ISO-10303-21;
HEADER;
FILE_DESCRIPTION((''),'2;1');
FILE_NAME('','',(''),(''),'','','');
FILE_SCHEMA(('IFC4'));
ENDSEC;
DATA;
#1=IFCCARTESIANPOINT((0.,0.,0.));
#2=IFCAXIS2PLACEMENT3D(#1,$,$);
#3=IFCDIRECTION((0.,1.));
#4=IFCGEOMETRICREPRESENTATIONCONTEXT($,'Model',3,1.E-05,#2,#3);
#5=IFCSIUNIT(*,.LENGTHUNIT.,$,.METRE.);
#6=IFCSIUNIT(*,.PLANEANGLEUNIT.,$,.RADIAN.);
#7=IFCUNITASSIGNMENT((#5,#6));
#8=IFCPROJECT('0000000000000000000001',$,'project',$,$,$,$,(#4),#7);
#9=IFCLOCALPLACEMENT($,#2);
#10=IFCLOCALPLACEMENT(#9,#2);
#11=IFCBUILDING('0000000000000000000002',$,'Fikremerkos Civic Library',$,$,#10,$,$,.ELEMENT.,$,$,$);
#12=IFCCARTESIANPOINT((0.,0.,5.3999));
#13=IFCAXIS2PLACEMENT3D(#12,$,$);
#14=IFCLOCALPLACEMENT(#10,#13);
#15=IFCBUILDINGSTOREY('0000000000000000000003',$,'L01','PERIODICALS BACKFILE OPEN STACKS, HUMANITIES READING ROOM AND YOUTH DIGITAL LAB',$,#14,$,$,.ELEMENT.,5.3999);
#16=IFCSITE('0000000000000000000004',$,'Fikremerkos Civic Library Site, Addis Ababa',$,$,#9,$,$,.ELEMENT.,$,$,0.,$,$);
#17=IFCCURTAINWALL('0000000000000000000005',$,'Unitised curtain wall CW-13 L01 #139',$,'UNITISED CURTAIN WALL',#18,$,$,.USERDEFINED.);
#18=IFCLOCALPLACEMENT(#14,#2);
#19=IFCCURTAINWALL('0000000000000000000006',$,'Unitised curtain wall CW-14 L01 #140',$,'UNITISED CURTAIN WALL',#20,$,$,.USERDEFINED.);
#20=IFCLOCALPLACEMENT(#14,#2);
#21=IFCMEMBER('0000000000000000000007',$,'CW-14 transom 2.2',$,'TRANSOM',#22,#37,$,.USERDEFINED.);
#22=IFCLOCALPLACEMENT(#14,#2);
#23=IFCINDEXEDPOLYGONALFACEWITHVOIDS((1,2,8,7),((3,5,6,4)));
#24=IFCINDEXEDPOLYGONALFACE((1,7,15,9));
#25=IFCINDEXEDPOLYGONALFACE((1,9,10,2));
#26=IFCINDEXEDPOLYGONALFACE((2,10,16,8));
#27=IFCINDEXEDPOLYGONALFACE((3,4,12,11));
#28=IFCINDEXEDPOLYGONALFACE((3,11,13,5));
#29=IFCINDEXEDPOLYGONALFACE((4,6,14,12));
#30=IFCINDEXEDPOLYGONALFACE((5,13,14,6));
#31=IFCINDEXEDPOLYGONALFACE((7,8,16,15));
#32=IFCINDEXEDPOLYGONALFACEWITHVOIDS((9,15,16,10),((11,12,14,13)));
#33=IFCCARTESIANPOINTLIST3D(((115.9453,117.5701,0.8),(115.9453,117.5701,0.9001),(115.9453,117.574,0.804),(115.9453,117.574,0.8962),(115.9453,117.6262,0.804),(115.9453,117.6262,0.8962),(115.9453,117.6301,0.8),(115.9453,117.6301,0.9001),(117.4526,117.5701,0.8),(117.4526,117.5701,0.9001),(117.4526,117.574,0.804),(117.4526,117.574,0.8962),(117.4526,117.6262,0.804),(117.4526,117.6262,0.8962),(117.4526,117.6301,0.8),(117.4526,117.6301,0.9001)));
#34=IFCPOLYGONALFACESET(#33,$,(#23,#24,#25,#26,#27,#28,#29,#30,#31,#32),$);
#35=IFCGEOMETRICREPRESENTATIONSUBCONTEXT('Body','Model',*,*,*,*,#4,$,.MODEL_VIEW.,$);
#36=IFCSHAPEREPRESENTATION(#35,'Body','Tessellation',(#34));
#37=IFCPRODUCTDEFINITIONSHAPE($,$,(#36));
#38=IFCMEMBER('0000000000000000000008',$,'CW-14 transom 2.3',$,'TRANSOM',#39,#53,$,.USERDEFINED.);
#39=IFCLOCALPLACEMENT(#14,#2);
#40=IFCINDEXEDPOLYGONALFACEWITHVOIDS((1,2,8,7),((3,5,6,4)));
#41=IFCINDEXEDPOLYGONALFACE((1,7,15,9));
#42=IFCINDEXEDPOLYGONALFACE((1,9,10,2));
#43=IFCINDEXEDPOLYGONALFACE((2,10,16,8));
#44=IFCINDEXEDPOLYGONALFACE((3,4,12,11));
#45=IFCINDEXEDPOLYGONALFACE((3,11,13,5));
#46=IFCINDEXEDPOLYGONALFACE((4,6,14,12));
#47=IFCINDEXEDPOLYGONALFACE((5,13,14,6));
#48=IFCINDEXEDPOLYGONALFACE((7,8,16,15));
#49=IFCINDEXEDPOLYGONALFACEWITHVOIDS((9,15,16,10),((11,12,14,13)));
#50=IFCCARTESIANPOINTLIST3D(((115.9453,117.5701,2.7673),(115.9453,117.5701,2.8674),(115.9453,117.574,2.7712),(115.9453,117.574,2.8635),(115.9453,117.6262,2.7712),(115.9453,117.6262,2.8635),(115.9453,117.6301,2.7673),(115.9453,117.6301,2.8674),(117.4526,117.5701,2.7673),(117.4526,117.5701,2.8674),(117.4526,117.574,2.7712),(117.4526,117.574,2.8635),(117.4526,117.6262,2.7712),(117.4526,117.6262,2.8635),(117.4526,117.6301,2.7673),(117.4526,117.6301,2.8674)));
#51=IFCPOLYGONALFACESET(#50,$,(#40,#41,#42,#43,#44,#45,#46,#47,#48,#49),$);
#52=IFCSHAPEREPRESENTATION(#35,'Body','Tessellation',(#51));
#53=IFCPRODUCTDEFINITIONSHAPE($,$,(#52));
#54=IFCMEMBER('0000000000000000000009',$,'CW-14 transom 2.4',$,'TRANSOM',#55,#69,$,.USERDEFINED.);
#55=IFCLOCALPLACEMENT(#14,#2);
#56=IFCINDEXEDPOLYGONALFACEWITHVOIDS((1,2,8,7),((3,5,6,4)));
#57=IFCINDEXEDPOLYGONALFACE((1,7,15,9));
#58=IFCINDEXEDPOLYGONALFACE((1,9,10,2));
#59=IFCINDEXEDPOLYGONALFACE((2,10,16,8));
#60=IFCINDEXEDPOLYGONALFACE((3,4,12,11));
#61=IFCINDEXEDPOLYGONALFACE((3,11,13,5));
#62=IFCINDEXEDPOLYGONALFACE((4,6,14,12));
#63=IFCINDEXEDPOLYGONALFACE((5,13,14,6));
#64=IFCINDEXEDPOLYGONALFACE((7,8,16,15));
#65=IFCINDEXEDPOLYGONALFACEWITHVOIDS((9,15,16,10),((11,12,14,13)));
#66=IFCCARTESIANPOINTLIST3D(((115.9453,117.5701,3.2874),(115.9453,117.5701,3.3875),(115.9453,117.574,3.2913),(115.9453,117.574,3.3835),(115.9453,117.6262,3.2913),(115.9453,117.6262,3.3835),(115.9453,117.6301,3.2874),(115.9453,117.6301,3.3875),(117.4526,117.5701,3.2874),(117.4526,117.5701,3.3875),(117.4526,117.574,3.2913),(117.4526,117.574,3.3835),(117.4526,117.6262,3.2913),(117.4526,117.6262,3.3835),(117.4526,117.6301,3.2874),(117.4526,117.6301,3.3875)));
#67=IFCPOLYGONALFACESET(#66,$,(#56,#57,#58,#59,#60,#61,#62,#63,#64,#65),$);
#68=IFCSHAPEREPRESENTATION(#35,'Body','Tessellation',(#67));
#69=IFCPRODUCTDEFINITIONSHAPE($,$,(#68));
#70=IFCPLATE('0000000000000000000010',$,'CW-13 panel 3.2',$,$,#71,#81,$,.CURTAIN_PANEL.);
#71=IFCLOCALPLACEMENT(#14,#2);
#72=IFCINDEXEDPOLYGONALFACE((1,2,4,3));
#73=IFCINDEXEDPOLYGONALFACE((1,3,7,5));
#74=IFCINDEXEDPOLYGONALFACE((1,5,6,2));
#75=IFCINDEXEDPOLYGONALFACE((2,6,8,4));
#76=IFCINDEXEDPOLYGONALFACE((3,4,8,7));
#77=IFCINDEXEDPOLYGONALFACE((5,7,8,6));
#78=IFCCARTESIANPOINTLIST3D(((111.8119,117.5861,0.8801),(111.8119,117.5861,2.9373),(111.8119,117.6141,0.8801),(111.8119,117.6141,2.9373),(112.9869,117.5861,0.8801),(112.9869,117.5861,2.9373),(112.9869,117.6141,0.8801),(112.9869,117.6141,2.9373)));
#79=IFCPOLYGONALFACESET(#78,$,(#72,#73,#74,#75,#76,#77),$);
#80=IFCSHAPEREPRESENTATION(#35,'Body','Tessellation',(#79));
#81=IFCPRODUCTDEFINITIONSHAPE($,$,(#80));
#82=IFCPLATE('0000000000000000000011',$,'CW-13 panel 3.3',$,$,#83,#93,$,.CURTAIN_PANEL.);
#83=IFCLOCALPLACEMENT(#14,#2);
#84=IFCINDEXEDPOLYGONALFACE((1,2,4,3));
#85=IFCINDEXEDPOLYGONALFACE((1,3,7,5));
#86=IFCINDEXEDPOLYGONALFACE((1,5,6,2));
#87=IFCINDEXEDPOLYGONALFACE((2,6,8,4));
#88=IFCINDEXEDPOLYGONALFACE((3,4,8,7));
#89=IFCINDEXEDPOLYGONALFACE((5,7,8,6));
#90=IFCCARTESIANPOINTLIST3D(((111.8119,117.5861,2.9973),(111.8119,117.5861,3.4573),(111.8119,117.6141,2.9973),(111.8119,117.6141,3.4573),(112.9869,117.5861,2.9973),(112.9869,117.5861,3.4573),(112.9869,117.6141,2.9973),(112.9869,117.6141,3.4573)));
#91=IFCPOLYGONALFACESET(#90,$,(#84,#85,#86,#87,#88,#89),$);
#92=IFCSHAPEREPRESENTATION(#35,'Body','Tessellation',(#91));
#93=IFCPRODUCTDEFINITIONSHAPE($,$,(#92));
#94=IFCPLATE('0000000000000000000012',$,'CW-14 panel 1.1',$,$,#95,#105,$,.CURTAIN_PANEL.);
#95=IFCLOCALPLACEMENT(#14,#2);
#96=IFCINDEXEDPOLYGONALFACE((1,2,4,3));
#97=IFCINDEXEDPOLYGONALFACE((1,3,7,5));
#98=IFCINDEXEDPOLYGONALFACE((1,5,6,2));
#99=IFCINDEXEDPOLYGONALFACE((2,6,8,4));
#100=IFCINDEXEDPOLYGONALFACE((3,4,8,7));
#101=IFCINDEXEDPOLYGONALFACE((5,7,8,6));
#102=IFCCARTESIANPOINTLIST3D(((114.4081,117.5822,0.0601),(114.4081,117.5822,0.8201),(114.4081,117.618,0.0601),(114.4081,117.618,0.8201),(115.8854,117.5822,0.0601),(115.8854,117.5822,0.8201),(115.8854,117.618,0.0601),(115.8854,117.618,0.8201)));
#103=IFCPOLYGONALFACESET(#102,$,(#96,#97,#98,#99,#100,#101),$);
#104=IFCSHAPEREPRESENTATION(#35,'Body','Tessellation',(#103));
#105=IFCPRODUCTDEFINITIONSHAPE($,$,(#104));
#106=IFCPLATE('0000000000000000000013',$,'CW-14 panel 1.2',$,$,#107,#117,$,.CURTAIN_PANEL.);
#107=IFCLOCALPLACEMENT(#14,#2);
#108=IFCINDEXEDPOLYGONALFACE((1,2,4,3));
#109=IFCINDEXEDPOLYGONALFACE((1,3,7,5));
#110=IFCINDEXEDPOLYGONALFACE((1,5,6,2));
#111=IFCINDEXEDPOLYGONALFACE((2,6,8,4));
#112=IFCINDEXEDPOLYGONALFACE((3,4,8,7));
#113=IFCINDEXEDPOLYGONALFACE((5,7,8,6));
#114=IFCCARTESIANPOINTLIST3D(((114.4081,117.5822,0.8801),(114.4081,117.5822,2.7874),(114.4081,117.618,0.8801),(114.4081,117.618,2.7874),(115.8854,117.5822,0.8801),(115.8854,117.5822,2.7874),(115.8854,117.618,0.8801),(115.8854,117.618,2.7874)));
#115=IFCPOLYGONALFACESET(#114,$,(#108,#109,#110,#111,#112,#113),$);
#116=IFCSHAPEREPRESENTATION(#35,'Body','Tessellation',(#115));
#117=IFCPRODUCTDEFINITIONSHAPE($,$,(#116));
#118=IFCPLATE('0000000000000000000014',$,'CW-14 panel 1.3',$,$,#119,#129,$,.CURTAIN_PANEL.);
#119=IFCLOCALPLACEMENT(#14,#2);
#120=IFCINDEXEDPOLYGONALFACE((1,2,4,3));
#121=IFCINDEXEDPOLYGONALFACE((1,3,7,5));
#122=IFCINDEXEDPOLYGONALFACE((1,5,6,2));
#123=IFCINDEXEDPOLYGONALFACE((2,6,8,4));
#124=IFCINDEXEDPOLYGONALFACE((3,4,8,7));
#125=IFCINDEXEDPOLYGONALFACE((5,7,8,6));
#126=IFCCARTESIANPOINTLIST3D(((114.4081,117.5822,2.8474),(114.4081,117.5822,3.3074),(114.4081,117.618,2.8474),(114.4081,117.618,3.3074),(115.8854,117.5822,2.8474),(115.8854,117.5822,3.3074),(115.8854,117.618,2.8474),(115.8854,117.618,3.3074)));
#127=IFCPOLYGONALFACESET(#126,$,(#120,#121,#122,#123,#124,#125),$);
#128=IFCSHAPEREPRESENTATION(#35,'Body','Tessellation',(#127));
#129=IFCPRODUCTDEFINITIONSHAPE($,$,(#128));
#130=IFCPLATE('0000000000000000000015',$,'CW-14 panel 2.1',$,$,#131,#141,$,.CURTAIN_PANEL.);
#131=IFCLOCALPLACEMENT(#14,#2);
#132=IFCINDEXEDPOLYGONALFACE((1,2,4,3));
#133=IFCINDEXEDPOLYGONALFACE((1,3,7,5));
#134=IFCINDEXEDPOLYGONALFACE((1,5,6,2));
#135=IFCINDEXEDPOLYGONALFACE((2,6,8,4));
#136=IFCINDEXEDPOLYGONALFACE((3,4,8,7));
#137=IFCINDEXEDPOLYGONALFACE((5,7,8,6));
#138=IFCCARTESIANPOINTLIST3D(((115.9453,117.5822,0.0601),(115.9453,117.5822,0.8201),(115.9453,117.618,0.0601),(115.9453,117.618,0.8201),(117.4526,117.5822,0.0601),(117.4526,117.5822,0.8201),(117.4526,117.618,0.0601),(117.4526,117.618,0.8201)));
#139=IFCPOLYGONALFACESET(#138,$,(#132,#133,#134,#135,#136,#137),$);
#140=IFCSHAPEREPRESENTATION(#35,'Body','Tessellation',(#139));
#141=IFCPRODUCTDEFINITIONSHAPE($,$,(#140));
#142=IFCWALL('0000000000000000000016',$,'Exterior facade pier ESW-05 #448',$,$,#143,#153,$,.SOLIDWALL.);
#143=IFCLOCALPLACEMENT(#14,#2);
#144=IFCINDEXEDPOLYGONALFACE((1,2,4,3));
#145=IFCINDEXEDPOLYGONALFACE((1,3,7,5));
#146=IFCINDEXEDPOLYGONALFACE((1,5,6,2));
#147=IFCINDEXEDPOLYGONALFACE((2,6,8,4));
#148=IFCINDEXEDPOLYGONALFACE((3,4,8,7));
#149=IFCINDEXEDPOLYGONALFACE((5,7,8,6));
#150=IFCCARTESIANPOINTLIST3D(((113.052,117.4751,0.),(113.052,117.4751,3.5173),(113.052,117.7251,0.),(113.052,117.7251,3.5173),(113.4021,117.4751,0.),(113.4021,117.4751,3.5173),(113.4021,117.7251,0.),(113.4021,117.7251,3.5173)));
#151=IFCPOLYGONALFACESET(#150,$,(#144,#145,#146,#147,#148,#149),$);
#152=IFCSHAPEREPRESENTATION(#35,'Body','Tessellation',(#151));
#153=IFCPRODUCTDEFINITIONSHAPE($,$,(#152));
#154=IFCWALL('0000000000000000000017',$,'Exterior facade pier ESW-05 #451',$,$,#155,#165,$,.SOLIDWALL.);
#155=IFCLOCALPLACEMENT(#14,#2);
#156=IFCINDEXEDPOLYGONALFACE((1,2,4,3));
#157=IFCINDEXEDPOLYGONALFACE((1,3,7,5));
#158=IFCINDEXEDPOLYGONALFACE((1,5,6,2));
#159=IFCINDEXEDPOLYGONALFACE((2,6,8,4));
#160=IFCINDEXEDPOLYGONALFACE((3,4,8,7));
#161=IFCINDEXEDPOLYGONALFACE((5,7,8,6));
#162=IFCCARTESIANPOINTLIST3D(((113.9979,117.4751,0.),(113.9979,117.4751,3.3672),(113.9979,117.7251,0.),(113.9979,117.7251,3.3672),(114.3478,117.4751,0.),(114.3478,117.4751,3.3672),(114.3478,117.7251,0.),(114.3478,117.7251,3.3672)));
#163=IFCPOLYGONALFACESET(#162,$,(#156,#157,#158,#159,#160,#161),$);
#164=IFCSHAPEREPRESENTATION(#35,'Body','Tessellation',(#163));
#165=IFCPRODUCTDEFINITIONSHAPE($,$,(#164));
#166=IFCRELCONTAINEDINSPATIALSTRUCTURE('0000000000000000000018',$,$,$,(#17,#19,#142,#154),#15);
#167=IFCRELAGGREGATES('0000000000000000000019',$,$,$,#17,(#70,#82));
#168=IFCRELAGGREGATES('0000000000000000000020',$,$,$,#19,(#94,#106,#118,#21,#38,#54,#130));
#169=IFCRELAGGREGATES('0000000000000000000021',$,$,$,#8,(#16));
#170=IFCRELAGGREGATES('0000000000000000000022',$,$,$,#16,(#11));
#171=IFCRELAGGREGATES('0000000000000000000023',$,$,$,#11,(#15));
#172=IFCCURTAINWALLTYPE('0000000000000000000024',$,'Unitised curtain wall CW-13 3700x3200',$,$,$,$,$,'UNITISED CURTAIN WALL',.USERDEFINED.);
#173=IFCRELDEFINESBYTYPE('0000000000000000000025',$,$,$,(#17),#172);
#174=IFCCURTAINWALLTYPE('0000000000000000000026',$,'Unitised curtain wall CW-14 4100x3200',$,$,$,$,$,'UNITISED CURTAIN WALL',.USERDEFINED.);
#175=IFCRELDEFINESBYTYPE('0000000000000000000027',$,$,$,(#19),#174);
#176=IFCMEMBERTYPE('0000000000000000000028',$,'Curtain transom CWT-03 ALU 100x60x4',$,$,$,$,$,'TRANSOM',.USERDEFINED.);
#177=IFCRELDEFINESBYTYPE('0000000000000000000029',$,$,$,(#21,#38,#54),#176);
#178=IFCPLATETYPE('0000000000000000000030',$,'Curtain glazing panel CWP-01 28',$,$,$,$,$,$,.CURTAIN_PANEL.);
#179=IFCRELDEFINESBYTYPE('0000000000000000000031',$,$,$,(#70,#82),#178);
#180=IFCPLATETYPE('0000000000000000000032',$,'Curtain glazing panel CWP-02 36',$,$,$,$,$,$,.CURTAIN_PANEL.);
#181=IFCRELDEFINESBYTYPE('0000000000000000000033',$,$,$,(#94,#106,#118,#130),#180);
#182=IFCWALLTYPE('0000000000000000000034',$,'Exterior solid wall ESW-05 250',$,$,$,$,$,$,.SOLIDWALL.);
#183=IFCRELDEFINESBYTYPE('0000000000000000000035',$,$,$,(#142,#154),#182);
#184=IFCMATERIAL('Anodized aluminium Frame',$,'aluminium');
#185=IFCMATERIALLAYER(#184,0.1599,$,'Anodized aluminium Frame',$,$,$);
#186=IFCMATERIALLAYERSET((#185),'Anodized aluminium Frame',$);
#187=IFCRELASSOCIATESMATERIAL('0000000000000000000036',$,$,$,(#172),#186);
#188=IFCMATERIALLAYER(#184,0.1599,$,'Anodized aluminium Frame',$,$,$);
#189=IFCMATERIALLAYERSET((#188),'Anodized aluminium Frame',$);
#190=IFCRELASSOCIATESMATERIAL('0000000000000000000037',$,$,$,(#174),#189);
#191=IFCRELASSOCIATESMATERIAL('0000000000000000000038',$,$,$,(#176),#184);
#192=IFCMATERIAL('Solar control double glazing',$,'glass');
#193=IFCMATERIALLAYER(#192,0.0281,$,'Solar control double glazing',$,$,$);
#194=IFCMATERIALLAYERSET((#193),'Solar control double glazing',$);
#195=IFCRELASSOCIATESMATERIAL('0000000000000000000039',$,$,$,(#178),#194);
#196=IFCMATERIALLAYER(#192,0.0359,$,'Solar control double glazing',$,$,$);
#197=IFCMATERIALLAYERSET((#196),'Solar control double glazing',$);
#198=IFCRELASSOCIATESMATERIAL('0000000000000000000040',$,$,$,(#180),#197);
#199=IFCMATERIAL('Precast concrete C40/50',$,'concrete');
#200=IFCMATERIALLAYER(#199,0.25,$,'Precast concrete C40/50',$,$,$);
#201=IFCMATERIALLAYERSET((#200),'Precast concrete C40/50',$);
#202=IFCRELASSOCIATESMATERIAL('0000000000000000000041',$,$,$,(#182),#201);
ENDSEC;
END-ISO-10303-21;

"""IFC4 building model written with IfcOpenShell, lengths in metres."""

from ifc_helpers import new_model, si_unit, direction, frame, frame_2d, origin, origin_2d, place, context, subcontext, project, spatial, rectangle, hollow_rectangle, extrude, material, layer, layer_set, material_profile, profile_set, type_object, element, aggregate, save


model = new_model("IFC4")

# Units and contexts
model_context = context("Model", 3, precision=1e-05, world=origin(), true_north=direction((0.0, 1.0)))
body_context = subcontext(model_context, "Body", "Model", "MODEL_VIEW")
ifc_project = project(units=[si_unit("LENGTHUNIT", "METRE"), si_unit("PLANEANGLEUNIT", "RADIAN")], contexts=[model_context])

# Site, building, storey
site_placement = place(None, origin())
site = spatial("IfcSite", under=ifc_project, at=site_placement, Name="Fikremerkos Civic Library Site, Addis Ababa", CompositionType="ELEMENT", RefElevation=0.0)
building_placement = place(site_placement, origin())
building = spatial("IfcBuilding", under=site, at=building_placement, Name="Fikremerkos Civic Library", CompositionType="ELEMENT")
storey_placement = place(building_placement, frame((0.0, 0.0, 5.3999)))
storey = spatial("IfcBuildingStorey", under=building, at=storey_placement, Name="L01", Description="PERIODICALS BACKFILE OPEN STACKS, HUMANITIES READING ROOM AND YOUTH DIGITAL LAB", CompositionType="ELEMENT", Elevation=5.3999)

# Curtain wall
ifc_material_1 = material(Name="Anodized aluminium Frame", Category="aluminium")
ifc_layer_1 = layer(ifc_material_1, 0.1599, Name="Anodized aluminium Frame")
ifc_layer_set_1 = layer_set([ifc_layer_1], Name="Anodized aluminium Frame")
curtain_wall_type_1 = type_object("IfcCurtainWallType", Name="Unitised curtain wall CW-13 3700x3200", ElementType="UNITISED CURTAIN WALL", PredefinedType="USERDEFINED", material=ifc_layer_set_1)
curtain_wall_1_placement = place(storey_placement, origin())
curtain_wall_1 = element("IfcCurtainWall", 1, at=curtain_wall_1_placement, inside=storey, type_object=curtain_wall_type_1, Name="Unitised curtain wall CW-13 L01 #139", ObjectType="UNITISED CURTAIN WALL", PredefinedType="USERDEFINED")

# Curtain wall, members
ifc_layer_2 = layer(ifc_material_1, 0.1599, Name="Anodized aluminium Frame")
ifc_layer_set_2 = layer_set([ifc_layer_2], Name="Anodized aluminium Frame")
curtain_wall_type_2 = type_object("IfcCurtainWallType", Name="Unitised curtain wall CW-14 4100x3200", ElementType="UNITISED CURTAIN WALL", PredefinedType="USERDEFINED", material=ifc_layer_set_2)
curtain_wall_2_placement = place(storey_placement, origin())
curtain_wall_2 = element("IfcCurtainWall", 2, at=curtain_wall_2_placement, inside=storey, type_object=curtain_wall_type_2, Name="Unitised curtain wall CW-14 L01 #140", ObjectType="UNITISED CURTAIN WALL", PredefinedType="USERDEFINED")
ifc_material_profile_1 = material_profile(ifc_material_1, hollow_rectangle(XDim=0.0601, YDim=0.1001, WallThickness=0.0039, at=origin_2d()), Name="ALU 100x60x4")
ifc_profile_set_1 = profile_set([ifc_material_profile_1], Name="Anodized aluminium Frame")
member_type_1 = type_object("IfcMemberType", Name="Curtain transom CWT-03 ALU 100x60x4", ElementType="TRANSOM", PredefinedType="USERDEFINED", material=ifc_profile_set_1)
member_1_placement = place(storey_placement, frame((115.9453, 117.6001, 0.8501), z_axis=(1.0, 0.0, 0.0), x_axis=(0.0, 1.0, 0.0)))
member_1 = element("IfcMember", 3, at=member_1_placement, type_object=member_type_1, Name="CW-14 transom 2.2", ObjectType="TRANSOM", PredefinedType="USERDEFINED", context=body_context, shape_type="SweptSolid", body=[
    extrude(hollow_rectangle(XDim=0.0601, YDim=0.1001, WallThickness=0.0039, at=origin_2d()), origin(), (0.0, 0.0, 1.0), 1.5073),
])
member_2_placement = place(storey_placement, frame((115.9453, 117.6001, 2.8174), z_axis=(1.0, 0.0, 0.0), x_axis=(0.0, 1.0, 0.0)))
member_2 = element("IfcMember", 4, at=member_2_placement, type_object=member_type_1, Name="CW-14 transom 2.3", ObjectType="TRANSOM", PredefinedType="USERDEFINED", context=body_context, shape_type="SweptSolid", body=[
    extrude(hollow_rectangle(XDim=0.0601, YDim=0.1001, WallThickness=0.0039, at=origin_2d()), origin(), (0.0, 0.0, 1.0), 1.5073),
])
member_3_placement = place(storey_placement, frame((115.9453, 117.6001, 3.3374), z_axis=(1.0, 0.0, 0.0), x_axis=(0.0, 1.0, 0.0)))
member_3 = element("IfcMember", 5, at=member_3_placement, type_object=member_type_1, Name="CW-14 transom 2.4", ObjectType="TRANSOM", PredefinedType="USERDEFINED", context=body_context, shape_type="SweptSolid", body=[
    extrude(hollow_rectangle(XDim=0.0601, YDim=0.1001, WallThickness=0.0039, at=origin_2d()), origin(), (0.0, 0.0, 1.0), 1.5073),
])

# Plates
ifc_material_2 = material(Name="Solar control double glazing", Category="glass")
ifc_layer_3 = layer(ifc_material_2, 0.0281, Name="Solar control double glazing")
ifc_layer_set_3 = layer_set([ifc_layer_3], Name="Solar control double glazing")
plate_type_1 = type_object("IfcPlateType", Name="Curtain glazing panel CWP-01 28", PredefinedType="CURTAIN_PANEL", material=ifc_layer_set_3)
plate_1_placement = place(storey_placement, frame((112.3994, 117.6001, 0.8801), z_axis=(0.0, 0.0, 1.0), x_axis=(1.0, 0.0, 0.0)))
plate_1 = element("IfcPlate", 6, at=plate_1_placement, type_object=plate_type_1, Name="CW-13 panel 3.2", PredefinedType="CURTAIN_PANEL", context=body_context, shape_type="SweptSolid", body=[
    extrude(rectangle(XDim=1.175, YDim=0.0281, at=origin_2d()), origin(), (0.0, 0.0, 1.0), 2.0571),
])
plate_2_placement = place(storey_placement, frame((112.3994, 117.6001, 2.9973), z_axis=(0.0, 0.0, 1.0), x_axis=(1.0, 0.0, 0.0)))
plate_2 = element("IfcPlate", 7, at=plate_2_placement, type_object=plate_type_1, Name="CW-13 panel 3.3", PredefinedType="CURTAIN_PANEL", context=body_context, shape_type="SweptSolid", body=[
    extrude(rectangle(XDim=1.175, YDim=0.0281, at=origin_2d()), origin(), (0.0, 0.0, 1.0), 0.46),
])
aggregate(curtain_wall_1, [plate_1, plate_2])
ifc_layer_4 = layer(ifc_material_2, 0.0359, Name="Solar control double glazing")
ifc_layer_set_4 = layer_set([ifc_layer_4], Name="Solar control double glazing")
plate_type_2 = type_object("IfcPlateType", Name="Curtain glazing panel CWP-02 36", PredefinedType="CURTAIN_PANEL", material=ifc_layer_set_4)
plate_3_placement = place(storey_placement, frame((115.1467, 117.6001, 0.0601), z_axis=(0.0, 0.0, 1.0), x_axis=(1.0, 0.0, 0.0)))
plate_3 = element("IfcPlate", 8, at=plate_3_placement, type_object=plate_type_2, Name="CW-14 panel 1.1", PredefinedType="CURTAIN_PANEL", context=body_context, shape_type="SweptSolid", body=[
    extrude(rectangle(XDim=1.4773, YDim=0.0359, at=origin_2d()), origin(), (0.0, 0.0, 1.0), 0.76),
])
plate_4_placement = place(storey_placement, frame((115.1467, 117.6001, 0.8801), z_axis=(0.0, 0.0, 1.0), x_axis=(1.0, 0.0, 0.0)))
plate_4 = element("IfcPlate", 9, at=plate_4_placement, type_object=plate_type_2, Name="CW-14 panel 1.2", PredefinedType="CURTAIN_PANEL", context=body_context, shape_type="SweptSolid", body=[
    extrude(rectangle(XDim=1.4773, YDim=0.0359, at=origin_2d()), origin(), (0.0, 0.0, 1.0), 1.9072),
])
plate_5_placement = place(storey_placement, frame((115.1467, 117.6001, 2.8474), z_axis=(0.0, 0.0, 1.0), x_axis=(1.0, 0.0, 0.0)))
plate_5 = element("IfcPlate", 10, at=plate_5_placement, type_object=plate_type_2, Name="CW-14 panel 1.3", PredefinedType="CURTAIN_PANEL", context=body_context, shape_type="SweptSolid", body=[
    extrude(rectangle(XDim=1.4773, YDim=0.0359, at=origin_2d()), origin(), (0.0, 0.0, 1.0), 0.46),
])
plate_6_placement = place(storey_placement, frame((116.699, 117.6001, 0.0601), z_axis=(0.0, 0.0, 1.0), x_axis=(1.0, 0.0, 0.0)))
plate_6 = element("IfcPlate", 11, at=plate_6_placement, type_object=plate_type_2, Name="CW-14 panel 2.1", PredefinedType="CURTAIN_PANEL", context=body_context, shape_type="SweptSolid", body=[
    extrude(rectangle(XDim=1.5073, YDim=0.0359, at=origin_2d()), origin(), (0.0, 0.0, 1.0), 0.76),
])
aggregate(curtain_wall_2, [plate_3, plate_4, plate_5, member_1, member_2, member_3, plate_6])

# Walls
ifc_material_3 = material(Name="Precast concrete C40/50", Category="concrete")
ifc_layer_5 = layer(ifc_material_3, 0.25, Name="Precast concrete C40/50")
ifc_layer_set_5 = layer_set([ifc_layer_5], Name="Precast concrete C40/50")
wall_type = type_object("IfcWallType", Name="Exterior solid wall ESW-05 250", PredefinedType="SOLIDWALL", material=ifc_layer_set_5)
wall_1_placement = place(storey_placement, frame((113.052, 117.6001, 0.0), z_axis=(0.0, 0.0, 1.0), x_axis=(1.0, 0.0, 0.0)))
element("IfcWall", 12, at=wall_1_placement, inside=storey, type_object=wall_type, Name="Exterior facade pier ESW-05 #448", PredefinedType="SOLIDWALL", context=body_context, shape_type="SweptSolid", body=[
    extrude(rectangle(XDim=0.3501, YDim=0.25, at=frame_2d((0.175, 0.0))), origin(), (0.0, 0.0, 1.0), 3.5173),
])
wall_2_placement = place(storey_placement, frame((113.998, 117.6001, 0.0), z_axis=(0.0, 0.0, 1.0), x_axis=(1.0, 0.0, 0.0)))
element("IfcWall", 13, at=wall_2_placement, inside=storey, type_object=wall_type, Name="Exterior facade pier ESW-05 #451", PredefinedType="SOLIDWALL", context=body_context, shape_type="SweptSolid", body=[
    extrude(rectangle(XDim=0.3499, YDim=0.25, at=frame_2d((0.1748, 0.0))), origin(), (0.0, 0.0, 1.0), 3.3672),
])

save(model, "model.ifc")
